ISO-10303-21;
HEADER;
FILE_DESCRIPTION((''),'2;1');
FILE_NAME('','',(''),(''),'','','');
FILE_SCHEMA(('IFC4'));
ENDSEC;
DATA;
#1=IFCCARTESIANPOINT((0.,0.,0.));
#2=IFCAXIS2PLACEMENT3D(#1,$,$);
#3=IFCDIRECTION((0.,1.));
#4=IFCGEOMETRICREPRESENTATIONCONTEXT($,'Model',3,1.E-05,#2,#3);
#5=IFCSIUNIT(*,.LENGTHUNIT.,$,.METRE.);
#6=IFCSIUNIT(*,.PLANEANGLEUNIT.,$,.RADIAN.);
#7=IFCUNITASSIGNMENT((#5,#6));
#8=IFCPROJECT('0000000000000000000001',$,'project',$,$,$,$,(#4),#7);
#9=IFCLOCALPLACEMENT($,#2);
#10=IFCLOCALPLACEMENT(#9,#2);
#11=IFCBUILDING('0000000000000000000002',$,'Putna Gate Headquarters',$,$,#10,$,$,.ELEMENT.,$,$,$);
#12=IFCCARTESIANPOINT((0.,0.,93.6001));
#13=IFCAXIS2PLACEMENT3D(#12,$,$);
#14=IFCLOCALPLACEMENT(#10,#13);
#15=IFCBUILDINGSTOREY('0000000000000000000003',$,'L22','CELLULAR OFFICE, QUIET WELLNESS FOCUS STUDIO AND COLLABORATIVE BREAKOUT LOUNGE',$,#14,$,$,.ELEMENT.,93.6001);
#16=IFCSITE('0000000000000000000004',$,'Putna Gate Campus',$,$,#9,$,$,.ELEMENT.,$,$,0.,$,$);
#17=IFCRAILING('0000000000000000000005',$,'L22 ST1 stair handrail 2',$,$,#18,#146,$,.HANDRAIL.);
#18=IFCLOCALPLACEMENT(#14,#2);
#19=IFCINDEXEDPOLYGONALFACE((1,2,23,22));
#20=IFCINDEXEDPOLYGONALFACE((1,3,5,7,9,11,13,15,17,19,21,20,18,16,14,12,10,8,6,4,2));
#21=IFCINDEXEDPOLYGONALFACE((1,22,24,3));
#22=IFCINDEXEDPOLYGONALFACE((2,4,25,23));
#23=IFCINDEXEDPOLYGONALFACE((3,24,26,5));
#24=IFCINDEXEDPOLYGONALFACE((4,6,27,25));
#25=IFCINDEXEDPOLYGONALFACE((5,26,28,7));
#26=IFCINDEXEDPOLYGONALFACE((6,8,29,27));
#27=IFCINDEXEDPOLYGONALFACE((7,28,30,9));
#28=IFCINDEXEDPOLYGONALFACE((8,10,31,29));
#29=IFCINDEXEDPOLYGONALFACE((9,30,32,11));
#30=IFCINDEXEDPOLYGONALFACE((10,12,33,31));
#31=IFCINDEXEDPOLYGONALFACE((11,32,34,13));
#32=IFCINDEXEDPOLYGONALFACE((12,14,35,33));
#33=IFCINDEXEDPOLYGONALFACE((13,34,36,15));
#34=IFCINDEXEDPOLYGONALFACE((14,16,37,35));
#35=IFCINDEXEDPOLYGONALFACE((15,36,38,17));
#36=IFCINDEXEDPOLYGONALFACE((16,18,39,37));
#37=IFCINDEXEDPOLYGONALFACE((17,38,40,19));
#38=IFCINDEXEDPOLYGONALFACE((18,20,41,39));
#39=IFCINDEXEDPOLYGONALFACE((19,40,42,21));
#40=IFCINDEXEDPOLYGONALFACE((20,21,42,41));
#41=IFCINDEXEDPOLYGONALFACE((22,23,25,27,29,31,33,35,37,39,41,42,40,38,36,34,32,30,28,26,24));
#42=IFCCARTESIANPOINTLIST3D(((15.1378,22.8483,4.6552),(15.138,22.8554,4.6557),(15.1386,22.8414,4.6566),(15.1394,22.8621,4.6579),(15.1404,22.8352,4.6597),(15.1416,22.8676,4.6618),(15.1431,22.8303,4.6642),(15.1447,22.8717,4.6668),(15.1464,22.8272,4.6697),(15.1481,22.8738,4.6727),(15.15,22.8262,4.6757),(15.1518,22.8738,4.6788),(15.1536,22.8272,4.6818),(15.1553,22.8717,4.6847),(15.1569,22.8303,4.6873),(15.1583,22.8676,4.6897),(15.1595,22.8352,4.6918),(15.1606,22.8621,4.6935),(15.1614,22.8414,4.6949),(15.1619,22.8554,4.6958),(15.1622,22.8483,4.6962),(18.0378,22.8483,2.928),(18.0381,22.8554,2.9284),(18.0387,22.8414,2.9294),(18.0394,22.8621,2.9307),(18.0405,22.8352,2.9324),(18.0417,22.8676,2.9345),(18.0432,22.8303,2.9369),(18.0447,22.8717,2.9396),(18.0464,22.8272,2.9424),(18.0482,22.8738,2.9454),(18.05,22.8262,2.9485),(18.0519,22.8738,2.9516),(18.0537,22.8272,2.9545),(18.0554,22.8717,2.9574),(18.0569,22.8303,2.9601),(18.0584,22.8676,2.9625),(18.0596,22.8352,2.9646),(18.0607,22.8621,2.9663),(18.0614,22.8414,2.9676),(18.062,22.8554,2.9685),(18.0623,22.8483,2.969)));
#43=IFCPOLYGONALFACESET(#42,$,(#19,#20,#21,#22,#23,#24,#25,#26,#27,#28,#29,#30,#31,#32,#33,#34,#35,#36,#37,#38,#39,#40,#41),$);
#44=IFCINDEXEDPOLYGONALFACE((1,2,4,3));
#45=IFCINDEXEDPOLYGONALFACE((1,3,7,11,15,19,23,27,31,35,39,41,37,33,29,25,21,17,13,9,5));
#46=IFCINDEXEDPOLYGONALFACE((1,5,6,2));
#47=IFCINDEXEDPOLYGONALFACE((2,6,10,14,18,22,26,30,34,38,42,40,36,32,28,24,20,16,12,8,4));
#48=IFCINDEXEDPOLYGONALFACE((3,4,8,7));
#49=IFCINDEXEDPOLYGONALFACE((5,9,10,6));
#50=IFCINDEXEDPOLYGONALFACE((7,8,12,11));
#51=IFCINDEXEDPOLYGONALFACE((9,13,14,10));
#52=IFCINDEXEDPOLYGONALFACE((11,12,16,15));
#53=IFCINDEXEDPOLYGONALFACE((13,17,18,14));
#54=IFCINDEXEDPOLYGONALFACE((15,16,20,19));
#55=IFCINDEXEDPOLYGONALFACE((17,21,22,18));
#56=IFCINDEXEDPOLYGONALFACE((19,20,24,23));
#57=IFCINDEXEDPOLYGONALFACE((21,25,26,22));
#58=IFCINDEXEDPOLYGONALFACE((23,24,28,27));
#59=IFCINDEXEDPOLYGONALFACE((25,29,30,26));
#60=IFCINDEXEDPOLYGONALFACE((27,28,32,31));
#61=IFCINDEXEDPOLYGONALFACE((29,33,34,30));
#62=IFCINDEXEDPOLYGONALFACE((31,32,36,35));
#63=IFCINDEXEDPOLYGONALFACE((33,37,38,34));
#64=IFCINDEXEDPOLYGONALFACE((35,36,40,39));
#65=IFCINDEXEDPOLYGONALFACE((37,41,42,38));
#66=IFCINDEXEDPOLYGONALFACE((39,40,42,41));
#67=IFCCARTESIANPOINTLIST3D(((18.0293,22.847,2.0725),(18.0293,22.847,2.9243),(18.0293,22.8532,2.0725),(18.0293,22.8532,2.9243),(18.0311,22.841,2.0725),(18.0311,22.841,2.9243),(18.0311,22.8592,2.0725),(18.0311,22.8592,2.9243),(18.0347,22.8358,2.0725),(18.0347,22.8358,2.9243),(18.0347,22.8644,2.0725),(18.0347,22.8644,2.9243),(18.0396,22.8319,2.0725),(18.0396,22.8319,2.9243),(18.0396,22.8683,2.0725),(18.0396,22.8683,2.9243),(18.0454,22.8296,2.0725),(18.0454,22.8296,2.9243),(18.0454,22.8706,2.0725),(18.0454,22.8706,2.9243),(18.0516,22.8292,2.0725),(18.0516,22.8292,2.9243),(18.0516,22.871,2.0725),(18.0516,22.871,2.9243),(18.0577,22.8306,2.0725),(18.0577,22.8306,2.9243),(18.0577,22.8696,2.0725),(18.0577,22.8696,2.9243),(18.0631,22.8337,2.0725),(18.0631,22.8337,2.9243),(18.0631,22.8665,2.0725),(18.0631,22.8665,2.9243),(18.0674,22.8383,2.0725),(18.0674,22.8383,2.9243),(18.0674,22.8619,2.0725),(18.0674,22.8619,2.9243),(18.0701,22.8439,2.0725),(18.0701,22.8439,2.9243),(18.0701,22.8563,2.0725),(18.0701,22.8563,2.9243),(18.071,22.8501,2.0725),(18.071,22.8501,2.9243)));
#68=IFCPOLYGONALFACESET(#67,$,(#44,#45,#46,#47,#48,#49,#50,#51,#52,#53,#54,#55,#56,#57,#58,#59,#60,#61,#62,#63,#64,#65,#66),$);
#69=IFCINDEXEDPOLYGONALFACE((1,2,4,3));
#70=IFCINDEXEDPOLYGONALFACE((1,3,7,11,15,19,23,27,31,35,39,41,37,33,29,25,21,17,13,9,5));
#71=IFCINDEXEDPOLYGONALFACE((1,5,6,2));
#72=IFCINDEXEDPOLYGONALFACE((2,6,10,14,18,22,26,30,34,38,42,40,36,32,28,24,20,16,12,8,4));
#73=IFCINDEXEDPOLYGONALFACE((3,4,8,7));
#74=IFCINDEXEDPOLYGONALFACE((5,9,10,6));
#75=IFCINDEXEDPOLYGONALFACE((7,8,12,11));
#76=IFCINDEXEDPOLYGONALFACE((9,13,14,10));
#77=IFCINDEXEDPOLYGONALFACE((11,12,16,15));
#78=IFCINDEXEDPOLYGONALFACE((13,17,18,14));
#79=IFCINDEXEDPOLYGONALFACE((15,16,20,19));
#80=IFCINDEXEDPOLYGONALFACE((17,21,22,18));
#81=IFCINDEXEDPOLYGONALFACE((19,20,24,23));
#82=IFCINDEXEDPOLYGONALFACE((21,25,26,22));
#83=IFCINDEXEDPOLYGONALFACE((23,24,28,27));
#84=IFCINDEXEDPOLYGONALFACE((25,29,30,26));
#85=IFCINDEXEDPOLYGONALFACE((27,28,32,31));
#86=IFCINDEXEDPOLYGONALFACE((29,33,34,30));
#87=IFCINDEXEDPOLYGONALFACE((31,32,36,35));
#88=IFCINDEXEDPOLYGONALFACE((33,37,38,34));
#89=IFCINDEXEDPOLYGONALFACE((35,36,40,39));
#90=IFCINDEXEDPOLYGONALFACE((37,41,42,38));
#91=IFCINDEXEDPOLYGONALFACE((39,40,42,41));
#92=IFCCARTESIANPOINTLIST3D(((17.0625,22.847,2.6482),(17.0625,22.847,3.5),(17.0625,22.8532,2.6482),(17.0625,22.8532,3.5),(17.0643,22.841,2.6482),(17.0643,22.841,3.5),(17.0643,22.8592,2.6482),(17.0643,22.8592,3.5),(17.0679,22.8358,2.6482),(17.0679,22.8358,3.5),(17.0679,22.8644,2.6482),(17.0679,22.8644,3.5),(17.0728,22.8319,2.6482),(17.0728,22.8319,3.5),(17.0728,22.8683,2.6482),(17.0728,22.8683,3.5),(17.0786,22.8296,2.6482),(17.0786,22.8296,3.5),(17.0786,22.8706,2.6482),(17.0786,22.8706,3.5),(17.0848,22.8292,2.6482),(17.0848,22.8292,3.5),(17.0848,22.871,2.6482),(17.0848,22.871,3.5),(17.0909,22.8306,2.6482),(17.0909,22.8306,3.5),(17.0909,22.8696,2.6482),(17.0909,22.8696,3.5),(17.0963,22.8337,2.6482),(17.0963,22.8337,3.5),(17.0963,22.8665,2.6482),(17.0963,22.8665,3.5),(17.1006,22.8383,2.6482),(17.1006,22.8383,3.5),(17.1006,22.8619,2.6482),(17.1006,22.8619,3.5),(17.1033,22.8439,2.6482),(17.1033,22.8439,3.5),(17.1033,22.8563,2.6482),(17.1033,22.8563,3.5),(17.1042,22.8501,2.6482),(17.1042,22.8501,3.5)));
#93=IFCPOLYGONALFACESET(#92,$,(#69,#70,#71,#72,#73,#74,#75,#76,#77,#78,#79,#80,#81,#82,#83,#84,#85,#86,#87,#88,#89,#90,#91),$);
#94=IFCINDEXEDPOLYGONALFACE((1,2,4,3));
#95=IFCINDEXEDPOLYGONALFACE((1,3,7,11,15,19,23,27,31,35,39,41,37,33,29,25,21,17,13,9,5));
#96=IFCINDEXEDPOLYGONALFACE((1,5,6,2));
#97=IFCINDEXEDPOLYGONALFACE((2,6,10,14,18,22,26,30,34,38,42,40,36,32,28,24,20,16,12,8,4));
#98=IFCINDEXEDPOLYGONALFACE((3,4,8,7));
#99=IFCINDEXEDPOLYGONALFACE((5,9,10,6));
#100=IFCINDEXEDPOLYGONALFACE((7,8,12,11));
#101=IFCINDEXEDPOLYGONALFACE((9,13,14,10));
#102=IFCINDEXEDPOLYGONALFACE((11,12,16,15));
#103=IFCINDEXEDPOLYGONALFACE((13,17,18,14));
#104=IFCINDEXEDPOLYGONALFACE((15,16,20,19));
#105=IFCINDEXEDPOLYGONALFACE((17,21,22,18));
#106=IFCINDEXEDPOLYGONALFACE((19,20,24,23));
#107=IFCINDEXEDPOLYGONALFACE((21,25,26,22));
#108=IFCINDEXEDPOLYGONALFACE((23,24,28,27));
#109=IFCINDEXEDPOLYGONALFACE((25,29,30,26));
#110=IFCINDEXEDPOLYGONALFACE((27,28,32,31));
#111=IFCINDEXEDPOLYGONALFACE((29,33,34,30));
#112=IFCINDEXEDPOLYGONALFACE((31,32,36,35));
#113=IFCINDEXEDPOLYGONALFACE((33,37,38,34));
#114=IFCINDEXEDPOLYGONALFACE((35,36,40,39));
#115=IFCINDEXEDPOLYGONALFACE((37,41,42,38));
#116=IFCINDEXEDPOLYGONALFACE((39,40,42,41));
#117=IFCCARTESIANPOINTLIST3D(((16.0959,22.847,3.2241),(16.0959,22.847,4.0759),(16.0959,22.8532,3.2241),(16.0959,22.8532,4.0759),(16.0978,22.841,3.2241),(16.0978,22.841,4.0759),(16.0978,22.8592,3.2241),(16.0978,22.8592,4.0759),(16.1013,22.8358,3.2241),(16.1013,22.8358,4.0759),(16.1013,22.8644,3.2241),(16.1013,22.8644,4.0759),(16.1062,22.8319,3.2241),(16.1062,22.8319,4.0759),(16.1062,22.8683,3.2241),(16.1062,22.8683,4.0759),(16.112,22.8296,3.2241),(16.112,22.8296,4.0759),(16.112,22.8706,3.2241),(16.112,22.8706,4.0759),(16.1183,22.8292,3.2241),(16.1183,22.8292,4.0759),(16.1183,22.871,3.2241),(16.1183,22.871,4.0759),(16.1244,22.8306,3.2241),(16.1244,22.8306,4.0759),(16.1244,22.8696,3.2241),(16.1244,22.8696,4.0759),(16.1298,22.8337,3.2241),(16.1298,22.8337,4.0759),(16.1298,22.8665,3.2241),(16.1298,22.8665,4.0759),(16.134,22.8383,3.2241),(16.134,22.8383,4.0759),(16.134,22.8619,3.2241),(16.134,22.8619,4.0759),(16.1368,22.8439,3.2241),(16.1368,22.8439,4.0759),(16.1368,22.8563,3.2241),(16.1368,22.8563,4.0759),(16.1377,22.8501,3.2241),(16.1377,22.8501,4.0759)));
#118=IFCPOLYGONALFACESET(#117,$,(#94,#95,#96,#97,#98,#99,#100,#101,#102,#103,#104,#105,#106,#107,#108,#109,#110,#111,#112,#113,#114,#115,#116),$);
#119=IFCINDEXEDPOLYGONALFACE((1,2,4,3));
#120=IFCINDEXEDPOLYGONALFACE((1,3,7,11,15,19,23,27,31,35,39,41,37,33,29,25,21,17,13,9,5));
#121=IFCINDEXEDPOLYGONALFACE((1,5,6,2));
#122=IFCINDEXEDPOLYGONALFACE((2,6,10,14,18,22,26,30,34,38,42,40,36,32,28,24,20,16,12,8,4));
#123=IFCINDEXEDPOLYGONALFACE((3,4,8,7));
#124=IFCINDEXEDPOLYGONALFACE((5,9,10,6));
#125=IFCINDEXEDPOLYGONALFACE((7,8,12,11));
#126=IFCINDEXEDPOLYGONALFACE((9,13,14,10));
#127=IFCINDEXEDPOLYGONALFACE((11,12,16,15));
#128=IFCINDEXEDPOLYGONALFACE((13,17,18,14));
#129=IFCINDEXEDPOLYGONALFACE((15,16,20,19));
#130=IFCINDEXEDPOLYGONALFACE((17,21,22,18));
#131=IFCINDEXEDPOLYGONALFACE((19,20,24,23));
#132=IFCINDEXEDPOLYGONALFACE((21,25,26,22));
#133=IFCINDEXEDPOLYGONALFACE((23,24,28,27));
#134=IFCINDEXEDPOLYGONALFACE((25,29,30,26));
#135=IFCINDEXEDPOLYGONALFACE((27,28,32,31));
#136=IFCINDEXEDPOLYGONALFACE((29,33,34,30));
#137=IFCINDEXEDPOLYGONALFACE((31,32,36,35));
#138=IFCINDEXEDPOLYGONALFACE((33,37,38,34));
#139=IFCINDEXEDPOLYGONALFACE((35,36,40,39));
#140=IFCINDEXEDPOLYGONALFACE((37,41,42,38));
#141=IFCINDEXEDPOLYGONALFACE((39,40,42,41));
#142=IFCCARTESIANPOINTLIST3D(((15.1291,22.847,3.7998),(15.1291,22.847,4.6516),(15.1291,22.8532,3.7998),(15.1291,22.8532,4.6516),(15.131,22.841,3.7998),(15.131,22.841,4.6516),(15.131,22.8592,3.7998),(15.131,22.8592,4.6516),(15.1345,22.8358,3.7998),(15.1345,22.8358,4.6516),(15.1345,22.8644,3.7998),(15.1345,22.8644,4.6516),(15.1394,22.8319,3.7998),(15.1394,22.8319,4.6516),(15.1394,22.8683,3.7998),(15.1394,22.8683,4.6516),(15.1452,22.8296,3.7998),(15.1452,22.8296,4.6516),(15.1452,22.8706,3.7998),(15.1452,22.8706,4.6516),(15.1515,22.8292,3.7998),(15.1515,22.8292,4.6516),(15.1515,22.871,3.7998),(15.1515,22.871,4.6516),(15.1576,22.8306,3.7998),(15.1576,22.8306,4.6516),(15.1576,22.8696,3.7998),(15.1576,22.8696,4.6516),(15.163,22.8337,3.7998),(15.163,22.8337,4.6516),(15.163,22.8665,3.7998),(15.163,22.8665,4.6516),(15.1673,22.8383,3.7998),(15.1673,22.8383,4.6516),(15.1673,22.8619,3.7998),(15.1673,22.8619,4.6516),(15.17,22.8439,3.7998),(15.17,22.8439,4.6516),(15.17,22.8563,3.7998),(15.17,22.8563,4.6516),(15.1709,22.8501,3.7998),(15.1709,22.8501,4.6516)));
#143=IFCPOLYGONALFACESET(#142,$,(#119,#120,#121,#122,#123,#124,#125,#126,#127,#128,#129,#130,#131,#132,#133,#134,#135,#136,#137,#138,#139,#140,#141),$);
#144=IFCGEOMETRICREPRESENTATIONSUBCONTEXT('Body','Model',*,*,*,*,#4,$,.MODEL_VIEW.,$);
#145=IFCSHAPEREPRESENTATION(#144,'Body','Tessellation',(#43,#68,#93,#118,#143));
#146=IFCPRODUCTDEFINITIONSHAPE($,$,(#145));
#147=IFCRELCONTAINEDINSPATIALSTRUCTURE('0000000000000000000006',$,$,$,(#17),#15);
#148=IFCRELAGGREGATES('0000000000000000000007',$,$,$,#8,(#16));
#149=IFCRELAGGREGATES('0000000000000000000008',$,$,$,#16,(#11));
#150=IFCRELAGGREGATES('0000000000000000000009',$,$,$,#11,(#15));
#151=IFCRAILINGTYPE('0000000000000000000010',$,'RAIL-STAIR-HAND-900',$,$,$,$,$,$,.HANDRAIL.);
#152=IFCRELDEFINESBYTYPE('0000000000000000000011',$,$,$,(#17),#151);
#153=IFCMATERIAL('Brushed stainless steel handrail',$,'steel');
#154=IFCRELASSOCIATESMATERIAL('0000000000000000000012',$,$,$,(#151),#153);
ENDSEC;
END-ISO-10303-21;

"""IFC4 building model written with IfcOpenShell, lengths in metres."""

from ifc_helpers import new_model, si_unit, direction, frame, origin, origin_2d, place, context, subcontext, project, spatial, circle, extrude, material, type_object, element, save


model = new_model("IFC4")

# Units and contexts
model_context = context("Model", 3, precision=1e-05, world=origin(), true_north=direction((0.0, 1.0)))
body_context = subcontext(model_context, "Body", "Model", "MODEL_VIEW")
ifc_project = project(units=[si_unit("LENGTHUNIT", "METRE"), si_unit("PLANEANGLEUNIT", "RADIAN")], contexts=[model_context])

# Site, building, storey
site_placement = place(None, origin())
site = spatial("IfcSite", under=ifc_project, at=site_placement, Name="Putna Gate Campus", CompositionType="ELEMENT", RefElevation=0.0)
building_placement = place(site_placement, origin())
building = spatial("IfcBuilding", under=site, at=building_placement, Name="Putna Gate Headquarters", CompositionType="ELEMENT")
storey_placement = place(building_placement, frame((0.0, 0.0, 93.6001)))
storey = spatial("IfcBuildingStorey", under=building, at=storey_placement, Name="L22", Description="CELLULAR OFFICE, QUIET WELLNESS FOCUS STUDIO AND COLLABORATIVE BREAKOUT LOUNGE", CompositionType="ELEMENT", Elevation=93.6001)

# Railing
ifc_material_1 = material(Name="Brushed stainless steel handrail", Category="steel")
railing_type_1 = type_object("IfcRailingType", Name="RAIL-STAIR-HAND-900", PredefinedType="HANDRAIL", material=ifc_material_1)
railing_1_placement = place(storey_placement, frame((18.05, 22.8501, 2.0725)))
element("IfcRailing", 1, at=railing_1_placement, inside=storey, type_object=railing_type_1, Name="L22 ST1 stair handrail 2", PredefinedType="HANDRAIL", context=body_context, shape_type="SweptSolid", body=[
    extrude(circle(Radius=0.0239, at=origin_2d()), frame((0.0, 0.0, 0.876), z_axis=(-0.85916, 0.0, 0.511706), x_axis=(0.0, -1.0, 0.0)), (0.0, 0.0, 1.0), 3.3755),
    extrude(circle(Radius=0.021, at=origin_2d()), origin(), (0.0, 0.0, 1.0), 0.8518),
    extrude(circle(Radius=0.021, at=origin_2d()), frame((-0.9668, 0.0, 0.5757)), (0.0, 0.0, 1.0), 0.8518),
    extrude(circle(Radius=0.021, at=origin_2d()), frame((-1.9333, 0.0, 1.1516)), (0.0, 0.0, 1.0), 0.8518),
    extrude(circle(Radius=0.021, at=origin_2d()), frame((-2.9001, 0.0, 1.7273)), (0.0, 0.0, 1.0), 0.8518),
])

save(model, "model.ifc")
